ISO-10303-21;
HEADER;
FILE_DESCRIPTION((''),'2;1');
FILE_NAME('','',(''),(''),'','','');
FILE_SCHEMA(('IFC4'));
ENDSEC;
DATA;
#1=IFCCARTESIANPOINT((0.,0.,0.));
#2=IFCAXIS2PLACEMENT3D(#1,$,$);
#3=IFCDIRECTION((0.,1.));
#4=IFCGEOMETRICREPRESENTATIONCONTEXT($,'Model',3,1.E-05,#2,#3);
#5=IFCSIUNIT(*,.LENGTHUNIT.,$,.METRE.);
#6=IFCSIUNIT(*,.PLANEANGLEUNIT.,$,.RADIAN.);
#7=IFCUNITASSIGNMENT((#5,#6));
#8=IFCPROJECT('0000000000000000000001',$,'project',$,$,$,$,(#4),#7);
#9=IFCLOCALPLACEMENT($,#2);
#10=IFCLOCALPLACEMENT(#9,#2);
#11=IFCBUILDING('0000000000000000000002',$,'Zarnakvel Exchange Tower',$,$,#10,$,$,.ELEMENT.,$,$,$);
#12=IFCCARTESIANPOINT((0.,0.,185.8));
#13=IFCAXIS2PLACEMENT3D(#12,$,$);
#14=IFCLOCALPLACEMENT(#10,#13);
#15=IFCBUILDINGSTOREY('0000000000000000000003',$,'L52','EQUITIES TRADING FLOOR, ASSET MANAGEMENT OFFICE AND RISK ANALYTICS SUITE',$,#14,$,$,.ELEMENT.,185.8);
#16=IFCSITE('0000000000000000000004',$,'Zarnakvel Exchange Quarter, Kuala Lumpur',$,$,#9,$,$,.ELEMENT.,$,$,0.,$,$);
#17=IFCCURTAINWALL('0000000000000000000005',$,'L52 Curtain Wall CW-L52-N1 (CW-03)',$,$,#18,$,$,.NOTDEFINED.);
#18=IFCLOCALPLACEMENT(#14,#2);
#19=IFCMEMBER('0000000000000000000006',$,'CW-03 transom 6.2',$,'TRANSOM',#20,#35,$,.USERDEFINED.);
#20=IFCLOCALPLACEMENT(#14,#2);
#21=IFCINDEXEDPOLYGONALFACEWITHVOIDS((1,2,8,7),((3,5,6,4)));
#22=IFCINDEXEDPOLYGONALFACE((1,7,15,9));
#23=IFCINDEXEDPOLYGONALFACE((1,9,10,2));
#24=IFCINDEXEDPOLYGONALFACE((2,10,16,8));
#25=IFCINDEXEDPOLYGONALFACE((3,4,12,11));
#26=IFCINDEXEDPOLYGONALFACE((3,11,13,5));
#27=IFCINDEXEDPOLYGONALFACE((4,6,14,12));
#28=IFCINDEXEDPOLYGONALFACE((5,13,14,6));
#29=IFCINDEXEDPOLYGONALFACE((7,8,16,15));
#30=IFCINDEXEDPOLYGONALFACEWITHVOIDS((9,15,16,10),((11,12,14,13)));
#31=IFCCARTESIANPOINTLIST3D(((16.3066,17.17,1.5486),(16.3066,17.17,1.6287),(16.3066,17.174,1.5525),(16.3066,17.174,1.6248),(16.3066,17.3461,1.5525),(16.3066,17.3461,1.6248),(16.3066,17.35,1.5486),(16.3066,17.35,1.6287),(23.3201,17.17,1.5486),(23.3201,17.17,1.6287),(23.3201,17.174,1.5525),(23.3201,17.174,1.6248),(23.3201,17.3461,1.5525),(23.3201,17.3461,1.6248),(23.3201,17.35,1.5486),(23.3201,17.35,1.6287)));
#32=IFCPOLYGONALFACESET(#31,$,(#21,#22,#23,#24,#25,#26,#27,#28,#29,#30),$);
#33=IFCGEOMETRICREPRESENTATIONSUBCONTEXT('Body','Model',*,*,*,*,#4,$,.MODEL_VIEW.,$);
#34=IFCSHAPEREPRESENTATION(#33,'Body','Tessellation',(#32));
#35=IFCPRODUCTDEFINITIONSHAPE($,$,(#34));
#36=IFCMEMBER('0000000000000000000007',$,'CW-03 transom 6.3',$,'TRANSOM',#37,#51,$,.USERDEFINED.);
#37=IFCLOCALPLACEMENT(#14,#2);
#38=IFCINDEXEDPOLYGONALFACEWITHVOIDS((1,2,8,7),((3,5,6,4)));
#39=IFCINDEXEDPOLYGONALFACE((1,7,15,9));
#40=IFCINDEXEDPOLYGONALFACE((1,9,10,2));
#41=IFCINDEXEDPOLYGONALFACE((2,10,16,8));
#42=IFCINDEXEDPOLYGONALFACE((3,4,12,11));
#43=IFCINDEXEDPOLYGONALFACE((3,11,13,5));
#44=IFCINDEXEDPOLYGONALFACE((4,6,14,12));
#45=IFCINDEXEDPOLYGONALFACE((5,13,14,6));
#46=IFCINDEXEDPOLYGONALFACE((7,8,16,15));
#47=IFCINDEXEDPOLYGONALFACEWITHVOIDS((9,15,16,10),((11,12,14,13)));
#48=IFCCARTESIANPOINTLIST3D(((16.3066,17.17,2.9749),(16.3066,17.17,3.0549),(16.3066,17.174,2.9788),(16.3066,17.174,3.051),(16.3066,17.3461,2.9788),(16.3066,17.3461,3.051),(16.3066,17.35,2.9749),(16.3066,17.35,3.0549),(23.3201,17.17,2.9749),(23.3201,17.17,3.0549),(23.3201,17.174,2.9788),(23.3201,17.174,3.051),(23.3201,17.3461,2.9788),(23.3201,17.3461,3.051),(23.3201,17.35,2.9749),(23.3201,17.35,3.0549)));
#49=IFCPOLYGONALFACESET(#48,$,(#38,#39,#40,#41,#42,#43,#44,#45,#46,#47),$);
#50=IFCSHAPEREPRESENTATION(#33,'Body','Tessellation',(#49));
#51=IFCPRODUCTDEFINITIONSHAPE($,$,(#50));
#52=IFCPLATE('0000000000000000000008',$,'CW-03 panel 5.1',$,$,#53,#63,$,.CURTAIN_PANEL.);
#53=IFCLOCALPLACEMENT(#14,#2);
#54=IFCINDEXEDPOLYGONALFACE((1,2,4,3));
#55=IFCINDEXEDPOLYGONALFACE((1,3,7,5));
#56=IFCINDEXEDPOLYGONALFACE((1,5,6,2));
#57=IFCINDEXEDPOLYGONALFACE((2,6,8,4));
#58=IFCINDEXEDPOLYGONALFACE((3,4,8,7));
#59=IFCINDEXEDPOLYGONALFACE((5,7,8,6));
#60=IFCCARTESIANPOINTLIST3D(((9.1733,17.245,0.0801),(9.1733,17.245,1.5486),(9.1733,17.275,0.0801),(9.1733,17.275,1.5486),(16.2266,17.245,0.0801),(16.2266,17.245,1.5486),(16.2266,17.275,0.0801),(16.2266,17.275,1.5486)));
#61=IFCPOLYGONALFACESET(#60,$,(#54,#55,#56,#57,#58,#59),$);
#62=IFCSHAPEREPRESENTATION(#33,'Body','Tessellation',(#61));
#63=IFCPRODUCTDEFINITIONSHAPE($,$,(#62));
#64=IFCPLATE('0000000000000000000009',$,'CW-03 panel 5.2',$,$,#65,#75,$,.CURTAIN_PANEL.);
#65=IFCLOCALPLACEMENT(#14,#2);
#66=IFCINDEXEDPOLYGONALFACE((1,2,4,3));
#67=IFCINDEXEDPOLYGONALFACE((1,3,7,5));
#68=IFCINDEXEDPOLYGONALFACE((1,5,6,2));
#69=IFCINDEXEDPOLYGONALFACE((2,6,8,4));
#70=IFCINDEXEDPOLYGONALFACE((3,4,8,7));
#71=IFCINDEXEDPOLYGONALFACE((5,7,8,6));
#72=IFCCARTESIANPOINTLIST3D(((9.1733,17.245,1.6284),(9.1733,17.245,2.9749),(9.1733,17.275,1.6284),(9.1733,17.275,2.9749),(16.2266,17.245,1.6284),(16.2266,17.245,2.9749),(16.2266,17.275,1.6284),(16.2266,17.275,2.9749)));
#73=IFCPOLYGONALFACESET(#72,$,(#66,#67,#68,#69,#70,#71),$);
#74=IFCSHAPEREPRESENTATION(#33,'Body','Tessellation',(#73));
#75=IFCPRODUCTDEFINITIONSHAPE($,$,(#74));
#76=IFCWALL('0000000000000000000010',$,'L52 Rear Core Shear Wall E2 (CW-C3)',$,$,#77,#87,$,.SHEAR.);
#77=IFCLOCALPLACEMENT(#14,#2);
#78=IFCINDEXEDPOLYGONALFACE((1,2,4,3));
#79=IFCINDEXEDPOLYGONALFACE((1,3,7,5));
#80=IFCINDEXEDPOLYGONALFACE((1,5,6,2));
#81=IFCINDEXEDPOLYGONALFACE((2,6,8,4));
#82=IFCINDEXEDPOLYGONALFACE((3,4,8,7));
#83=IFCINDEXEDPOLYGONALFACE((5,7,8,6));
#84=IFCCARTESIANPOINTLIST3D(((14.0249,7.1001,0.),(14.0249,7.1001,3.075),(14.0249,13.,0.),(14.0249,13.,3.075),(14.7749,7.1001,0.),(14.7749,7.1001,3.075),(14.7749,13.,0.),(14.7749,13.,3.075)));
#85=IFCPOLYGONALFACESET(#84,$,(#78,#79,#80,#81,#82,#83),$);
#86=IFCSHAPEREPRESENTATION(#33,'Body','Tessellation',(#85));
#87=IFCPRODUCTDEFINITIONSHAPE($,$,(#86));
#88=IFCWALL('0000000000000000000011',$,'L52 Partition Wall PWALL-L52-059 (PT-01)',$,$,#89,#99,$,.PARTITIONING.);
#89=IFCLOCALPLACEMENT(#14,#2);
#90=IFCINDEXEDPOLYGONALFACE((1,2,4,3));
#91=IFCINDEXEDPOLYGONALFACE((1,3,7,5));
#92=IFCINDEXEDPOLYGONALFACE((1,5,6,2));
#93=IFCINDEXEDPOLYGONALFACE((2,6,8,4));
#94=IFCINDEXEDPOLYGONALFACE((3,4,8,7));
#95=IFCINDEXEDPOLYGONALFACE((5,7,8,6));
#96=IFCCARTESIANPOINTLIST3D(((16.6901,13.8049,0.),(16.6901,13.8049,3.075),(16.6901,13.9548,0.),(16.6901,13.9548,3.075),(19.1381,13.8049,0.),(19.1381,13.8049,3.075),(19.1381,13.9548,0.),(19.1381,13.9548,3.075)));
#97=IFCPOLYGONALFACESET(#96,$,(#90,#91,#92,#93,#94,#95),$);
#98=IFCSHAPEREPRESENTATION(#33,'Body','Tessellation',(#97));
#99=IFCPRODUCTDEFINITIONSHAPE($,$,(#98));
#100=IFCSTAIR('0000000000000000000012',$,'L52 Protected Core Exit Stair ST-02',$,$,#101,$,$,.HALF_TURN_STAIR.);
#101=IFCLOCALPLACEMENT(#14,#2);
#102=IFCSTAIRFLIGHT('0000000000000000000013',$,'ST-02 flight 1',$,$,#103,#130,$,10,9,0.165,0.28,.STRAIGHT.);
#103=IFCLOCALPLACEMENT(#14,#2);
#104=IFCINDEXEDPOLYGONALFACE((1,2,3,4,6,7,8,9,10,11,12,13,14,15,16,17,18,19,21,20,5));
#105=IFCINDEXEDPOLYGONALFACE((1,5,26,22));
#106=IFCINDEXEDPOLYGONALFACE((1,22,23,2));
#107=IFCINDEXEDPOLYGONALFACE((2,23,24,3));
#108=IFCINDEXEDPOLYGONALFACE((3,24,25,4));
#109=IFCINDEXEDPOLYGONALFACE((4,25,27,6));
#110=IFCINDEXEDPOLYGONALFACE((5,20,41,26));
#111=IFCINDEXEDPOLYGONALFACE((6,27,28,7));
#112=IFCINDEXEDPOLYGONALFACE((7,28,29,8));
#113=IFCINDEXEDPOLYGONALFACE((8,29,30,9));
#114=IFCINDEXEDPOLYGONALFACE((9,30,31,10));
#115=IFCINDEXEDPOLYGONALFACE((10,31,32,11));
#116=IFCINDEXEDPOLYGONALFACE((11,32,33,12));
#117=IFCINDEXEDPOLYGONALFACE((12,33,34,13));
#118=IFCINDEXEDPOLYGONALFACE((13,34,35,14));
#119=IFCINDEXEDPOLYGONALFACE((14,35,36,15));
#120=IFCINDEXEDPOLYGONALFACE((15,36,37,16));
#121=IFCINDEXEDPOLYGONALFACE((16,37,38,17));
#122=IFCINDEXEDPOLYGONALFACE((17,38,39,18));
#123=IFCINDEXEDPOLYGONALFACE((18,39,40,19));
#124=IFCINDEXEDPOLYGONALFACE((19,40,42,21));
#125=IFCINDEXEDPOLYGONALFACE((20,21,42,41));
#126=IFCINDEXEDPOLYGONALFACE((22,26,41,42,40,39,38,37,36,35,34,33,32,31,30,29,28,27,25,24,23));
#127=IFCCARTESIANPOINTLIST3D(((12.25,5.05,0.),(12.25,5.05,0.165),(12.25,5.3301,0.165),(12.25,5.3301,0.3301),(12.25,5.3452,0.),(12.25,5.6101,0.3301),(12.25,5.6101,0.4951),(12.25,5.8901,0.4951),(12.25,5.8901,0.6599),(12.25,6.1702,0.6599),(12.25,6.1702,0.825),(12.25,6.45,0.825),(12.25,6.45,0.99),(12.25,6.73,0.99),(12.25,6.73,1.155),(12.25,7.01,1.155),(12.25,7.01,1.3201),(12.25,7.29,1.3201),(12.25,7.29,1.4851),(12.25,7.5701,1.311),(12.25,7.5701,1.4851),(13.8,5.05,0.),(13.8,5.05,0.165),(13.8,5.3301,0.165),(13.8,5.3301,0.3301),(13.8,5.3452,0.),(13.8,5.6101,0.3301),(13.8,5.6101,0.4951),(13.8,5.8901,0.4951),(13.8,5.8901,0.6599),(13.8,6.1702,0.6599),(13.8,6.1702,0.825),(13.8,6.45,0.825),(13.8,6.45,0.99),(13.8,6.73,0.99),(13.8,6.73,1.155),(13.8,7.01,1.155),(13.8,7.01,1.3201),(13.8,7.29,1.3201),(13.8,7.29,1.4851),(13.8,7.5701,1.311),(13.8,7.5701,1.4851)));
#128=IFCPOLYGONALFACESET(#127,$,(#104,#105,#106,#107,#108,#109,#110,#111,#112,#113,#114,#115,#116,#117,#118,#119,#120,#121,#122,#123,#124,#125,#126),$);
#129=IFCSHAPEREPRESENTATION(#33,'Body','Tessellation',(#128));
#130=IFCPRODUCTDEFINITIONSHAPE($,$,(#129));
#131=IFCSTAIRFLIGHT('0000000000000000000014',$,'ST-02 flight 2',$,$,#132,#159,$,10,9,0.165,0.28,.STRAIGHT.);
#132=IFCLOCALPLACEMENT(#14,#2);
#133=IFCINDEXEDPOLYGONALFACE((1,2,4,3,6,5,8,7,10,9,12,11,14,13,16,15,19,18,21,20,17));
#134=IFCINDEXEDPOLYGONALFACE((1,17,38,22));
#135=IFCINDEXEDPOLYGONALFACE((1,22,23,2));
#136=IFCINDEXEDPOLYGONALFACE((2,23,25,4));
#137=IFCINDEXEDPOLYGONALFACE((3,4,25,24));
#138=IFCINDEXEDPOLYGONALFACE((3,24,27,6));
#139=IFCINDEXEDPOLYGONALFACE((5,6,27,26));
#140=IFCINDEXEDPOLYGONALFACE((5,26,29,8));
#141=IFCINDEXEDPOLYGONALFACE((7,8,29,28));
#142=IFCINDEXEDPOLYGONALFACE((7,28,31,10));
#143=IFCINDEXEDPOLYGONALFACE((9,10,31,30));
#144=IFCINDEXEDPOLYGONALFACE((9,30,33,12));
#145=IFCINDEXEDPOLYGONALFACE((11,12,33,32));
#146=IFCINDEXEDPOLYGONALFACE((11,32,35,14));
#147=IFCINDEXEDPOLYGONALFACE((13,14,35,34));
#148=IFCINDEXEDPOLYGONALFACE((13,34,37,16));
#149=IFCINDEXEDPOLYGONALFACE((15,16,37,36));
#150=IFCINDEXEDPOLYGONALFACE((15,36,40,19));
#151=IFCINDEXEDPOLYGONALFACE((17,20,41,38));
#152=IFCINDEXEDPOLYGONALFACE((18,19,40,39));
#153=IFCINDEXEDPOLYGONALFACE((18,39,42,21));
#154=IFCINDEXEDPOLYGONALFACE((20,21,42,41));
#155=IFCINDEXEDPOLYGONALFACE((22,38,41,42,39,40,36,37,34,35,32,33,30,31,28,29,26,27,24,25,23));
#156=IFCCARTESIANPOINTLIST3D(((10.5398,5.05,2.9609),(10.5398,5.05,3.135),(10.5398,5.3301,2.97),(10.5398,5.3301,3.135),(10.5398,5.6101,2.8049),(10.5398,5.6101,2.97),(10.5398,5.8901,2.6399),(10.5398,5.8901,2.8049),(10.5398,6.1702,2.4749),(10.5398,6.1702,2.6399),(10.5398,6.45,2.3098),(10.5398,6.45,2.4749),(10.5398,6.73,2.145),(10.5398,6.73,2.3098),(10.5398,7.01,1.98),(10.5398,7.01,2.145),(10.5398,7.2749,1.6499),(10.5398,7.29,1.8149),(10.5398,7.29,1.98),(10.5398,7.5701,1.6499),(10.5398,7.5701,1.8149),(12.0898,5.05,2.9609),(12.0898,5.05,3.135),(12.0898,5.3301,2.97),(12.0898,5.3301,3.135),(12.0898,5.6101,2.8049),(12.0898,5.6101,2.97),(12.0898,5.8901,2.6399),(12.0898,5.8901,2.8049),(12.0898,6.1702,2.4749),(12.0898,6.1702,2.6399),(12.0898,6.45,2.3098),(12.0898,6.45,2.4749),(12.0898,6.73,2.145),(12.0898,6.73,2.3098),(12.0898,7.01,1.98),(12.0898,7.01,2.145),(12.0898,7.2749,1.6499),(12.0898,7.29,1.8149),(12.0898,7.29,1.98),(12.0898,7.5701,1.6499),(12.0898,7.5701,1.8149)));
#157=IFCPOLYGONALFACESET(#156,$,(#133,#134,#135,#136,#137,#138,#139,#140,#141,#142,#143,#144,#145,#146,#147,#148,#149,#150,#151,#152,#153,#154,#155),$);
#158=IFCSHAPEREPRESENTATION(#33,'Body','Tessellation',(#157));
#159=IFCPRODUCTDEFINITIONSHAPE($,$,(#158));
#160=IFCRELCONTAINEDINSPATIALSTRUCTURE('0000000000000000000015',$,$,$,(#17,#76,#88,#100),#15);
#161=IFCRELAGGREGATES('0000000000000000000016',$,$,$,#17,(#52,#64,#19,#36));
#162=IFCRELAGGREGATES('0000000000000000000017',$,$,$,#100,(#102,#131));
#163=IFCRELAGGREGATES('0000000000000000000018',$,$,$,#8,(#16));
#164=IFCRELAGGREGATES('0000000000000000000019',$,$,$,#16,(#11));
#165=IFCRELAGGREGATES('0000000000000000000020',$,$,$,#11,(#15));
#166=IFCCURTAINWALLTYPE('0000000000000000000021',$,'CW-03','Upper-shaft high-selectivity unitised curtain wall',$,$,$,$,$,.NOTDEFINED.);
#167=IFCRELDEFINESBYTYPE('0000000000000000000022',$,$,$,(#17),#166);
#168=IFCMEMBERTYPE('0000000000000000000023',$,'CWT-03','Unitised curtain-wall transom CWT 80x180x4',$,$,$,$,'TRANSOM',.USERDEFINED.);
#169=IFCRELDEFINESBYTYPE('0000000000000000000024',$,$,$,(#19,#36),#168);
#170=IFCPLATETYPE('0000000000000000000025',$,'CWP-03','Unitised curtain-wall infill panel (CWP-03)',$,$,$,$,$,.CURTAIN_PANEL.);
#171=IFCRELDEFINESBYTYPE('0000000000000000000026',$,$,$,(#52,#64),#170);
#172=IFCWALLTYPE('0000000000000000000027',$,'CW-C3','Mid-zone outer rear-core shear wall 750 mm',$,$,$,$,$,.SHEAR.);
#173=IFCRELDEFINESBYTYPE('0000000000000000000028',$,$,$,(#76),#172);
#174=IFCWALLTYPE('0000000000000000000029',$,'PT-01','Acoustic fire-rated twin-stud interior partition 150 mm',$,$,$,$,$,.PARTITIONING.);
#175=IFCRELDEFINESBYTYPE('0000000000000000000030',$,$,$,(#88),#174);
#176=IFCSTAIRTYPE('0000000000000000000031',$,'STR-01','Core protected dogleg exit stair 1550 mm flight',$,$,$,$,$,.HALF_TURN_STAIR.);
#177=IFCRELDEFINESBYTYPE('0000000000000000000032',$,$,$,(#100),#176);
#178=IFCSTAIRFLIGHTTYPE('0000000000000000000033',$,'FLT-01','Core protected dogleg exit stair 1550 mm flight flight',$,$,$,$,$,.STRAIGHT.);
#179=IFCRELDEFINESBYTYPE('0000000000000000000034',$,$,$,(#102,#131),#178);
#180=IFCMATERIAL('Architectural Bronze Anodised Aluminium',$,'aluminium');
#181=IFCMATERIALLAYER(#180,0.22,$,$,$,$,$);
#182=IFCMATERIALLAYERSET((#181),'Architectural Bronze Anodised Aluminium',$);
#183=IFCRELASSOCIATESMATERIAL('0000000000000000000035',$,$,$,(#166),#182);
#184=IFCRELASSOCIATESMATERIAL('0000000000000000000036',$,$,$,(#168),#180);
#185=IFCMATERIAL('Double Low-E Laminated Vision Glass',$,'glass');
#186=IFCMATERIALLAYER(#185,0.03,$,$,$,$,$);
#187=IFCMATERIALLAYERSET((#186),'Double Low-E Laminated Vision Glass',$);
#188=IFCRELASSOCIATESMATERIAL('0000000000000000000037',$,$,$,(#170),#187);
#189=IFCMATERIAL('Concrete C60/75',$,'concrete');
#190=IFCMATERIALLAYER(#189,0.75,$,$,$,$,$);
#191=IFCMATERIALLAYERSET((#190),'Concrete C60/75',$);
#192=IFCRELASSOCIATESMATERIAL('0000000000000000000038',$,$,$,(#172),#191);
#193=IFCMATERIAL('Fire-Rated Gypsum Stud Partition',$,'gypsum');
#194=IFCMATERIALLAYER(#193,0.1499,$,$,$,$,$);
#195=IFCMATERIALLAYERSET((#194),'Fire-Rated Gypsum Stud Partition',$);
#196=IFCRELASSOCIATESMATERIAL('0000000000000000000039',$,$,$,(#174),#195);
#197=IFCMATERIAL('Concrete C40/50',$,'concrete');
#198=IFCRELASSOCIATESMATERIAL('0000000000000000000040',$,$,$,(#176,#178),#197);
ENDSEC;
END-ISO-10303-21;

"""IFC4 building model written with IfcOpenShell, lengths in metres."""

from ifc_helpers import new_model, si_unit, direction, frame, frame_2d, origin, origin_2d, place, context, subcontext, project, spatial, polyline, rectangle, hollow_rectangle, outline, extrude, source, transform, mapped, material, layer, layer_set, material_profile, profile_set, type_object, element, aggregate, save


model = new_model("IFC4")

# Units and contexts
model_context = context("Model", 3, precision=1e-05, world=origin(), true_north=direction((0.0, 1.0)))
body_context = subcontext(model_context, "Body", "Model", "MODEL_VIEW")
ifc_project = project(units=[si_unit("LENGTHUNIT", "METRE"), si_unit("PLANEANGLEUNIT", "RADIAN")], contexts=[model_context])

# Site, building, storey
site_placement = place(None, origin())
site = spatial("IfcSite", under=ifc_project, at=site_placement, Name="Zarnakvel Exchange Quarter, Kuala Lumpur", CompositionType="ELEMENT", RefElevation=0.0)
building_placement = place(site_placement, origin())
building = spatial("IfcBuilding", under=site, at=building_placement, Name="Zarnakvel Exchange Tower", CompositionType="ELEMENT")
storey_placement = place(building_placement, frame((0.0, 0.0, 185.8)))
storey = spatial("IfcBuildingStorey", under=building, at=storey_placement, Name="L52", Description="EQUITIES TRADING FLOOR, ASSET MANAGEMENT OFFICE AND RISK ANALYTICS SUITE", CompositionType="ELEMENT", Elevation=185.8)

# Shared definitions
ifc_material_1 = material(Name="Concrete C60/75", Category="concrete")

# Curtain wall, members, plates
ifc_material_2 = material(Name="Architectural Bronze Anodised Aluminium", Category="aluminium")
ifc_layer_1 = layer(ifc_material_2, 0.22)
ifc_layer_set_1 = layer_set([ifc_layer_1], Name="Architectural Bronze Anodised Aluminium")
curtain_wall_type = type_object("IfcCurtainWallType", Name="CW-03", Description="Upper-shaft high-selectivity unitised curtain wall", PredefinedType="NOTDEFINED", material=ifc_layer_set_1)
curtain_wall_placement = place(storey_placement, origin())
curtain_wall = element("IfcCurtainWall", 1, at=curtain_wall_placement, inside=storey, type_object=curtain_wall_type, Name="L52 Curtain Wall CW-L52-N1 (CW-03)", PredefinedType="NOTDEFINED")
ifc_material_profile_1 = material_profile(ifc_material_2, hollow_rectangle(XDim=0.1799, YDim=0.0801, WallThickness=0.0039, at=origin_2d()))
ifc_profile_set_1 = profile_set([ifc_material_profile_1], Name="Architectural Bronze Anodised Aluminium")
member_type_1 = type_object("IfcMemberType", Name="CWT-03", Description="Unitised curtain-wall transom CWT 80x180x4", ElementType="TRANSOM", PredefinedType="USERDEFINED", material=ifc_profile_set_1)
shared_shape_1 = source(origin(), body_context, "Body", "SweptSolid", [
    extrude(hollow_rectangle(XDim=0.1799, YDim=0.0801, WallThickness=0.0039, at=origin_2d()), origin(), (0.0, 0.0, 1.0), 7.0134),
])
member_1_placement = place(storey_placement, frame((16.3066, 17.26, 1.5886), z_axis=(1.0, 0.0, 0.0), x_axis=(0.0, 1.0, 0.0)))
member_1 = element("IfcMember", 2, at=member_1_placement, type_object=member_type_1, Name="CW-03 transom 6.2", ObjectType="TRANSOM", PredefinedType="USERDEFINED", context=body_context, shape_type="MappedRepresentation", body=[
    mapped(shared_shape_1, transform((0.0, 0.0, 0.0), x_axis=(1.0, 0.0, 0.0), y_axis=(0.0, 1.0, 0.0), z_axis=(0.0, 0.0, 1.0), scale=1.0)),
])
member_2_placement = place(storey_placement, frame((16.3066, 17.26, 3.0149), z_axis=(1.0, 0.0, 0.0), x_axis=(0.0, 1.0, 0.0)))
member_2 = element("IfcMember", 3, at=member_2_placement, type_object=member_type_1, Name="CW-03 transom 6.3", ObjectType="TRANSOM", PredefinedType="USERDEFINED", context=body_context, shape_type="MappedRepresentation", body=[
    mapped(shared_shape_1, transform((0.0, 0.0, 0.0), x_axis=(1.0, 0.0, 0.0), y_axis=(0.0, 1.0, 0.0), z_axis=(0.0, 0.0, 1.0), scale=1.0)),
])
ifc_material_3 = material(Name="Double Low-E Laminated Vision Glass", Category="glass")
ifc_layer_2 = layer(ifc_material_3, 0.03)
ifc_layer_set_2 = layer_set([ifc_layer_2], Name="Double Low-E Laminated Vision Glass")
plate_type = type_object("IfcPlateType", Name="CWP-03", Description="Unitised curtain-wall infill panel (CWP-03)", PredefinedType="CURTAIN_PANEL", material=ifc_layer_set_2)
shared_shape_2 = source(origin(), body_context, "Body", "SweptSolid", [
    extrude(rectangle(XDim=7.0532, YDim=0.03, at=origin_2d()), origin(), (0.0, 0.0, 1.0), 1.4685),
])
plate_1_placement = place(storey_placement, frame((12.7, 17.26, 0.0801), z_axis=(0.0, 0.0, 1.0), x_axis=(1.0, 0.0, 0.0)))
plate_1 = element("IfcPlate", 4, at=plate_1_placement, type_object=plate_type, Name="CW-03 panel 5.1", PredefinedType="CURTAIN_PANEL", context=body_context, shape_type="MappedRepresentation", body=[
    mapped(shared_shape_2, transform((0.0, 0.0, 0.0), x_axis=(1.0, 0.0, 0.0), y_axis=(0.0, 1.0, 0.0), z_axis=(0.0, 0.0, 1.0), scale=1.0)),
])
shared_shape_3 = source(origin(), body_context, "Body", "SweptSolid", [
    extrude(rectangle(XDim=7.0532, YDim=0.03, at=origin_2d()), origin(), (0.0, 0.0, 1.0), 1.3464),
])
plate_2_placement = place(storey_placement, frame((12.7, 17.26, 1.6284), z_axis=(0.0, 0.0, 1.0), x_axis=(1.0, 0.0, 0.0)))
plate_2 = element("IfcPlate", 5, at=plate_2_placement, type_object=plate_type, Name="CW-03 panel 5.2", PredefinedType="CURTAIN_PANEL", context=body_context, shape_type="MappedRepresentation", body=[
    mapped(shared_shape_3, transform((0.0, 0.0, 0.0), x_axis=(1.0, 0.0, 0.0), y_axis=(0.0, 1.0, 0.0), z_axis=(0.0, 0.0, 1.0), scale=1.0)),
])
aggregate(curtain_wall, [plate_1, plate_2, member_1, member_2])

# Walls
ifc_layer_3 = layer(ifc_material_1, 0.75)
ifc_layer_set_3 = layer_set([ifc_layer_3], Name="Concrete C60/75")
wall_type_1 = type_object("IfcWallType", Name="CW-C3", Description="Mid-zone outer rear-core shear wall 750 mm", PredefinedType="SHEAR", material=ifc_layer_set_3)
wall_1_placement = place(storey_placement, frame((14.3999, 7.1001, 0.0), z_axis=(0.0, 0.0, 1.0), x_axis=(0.0, 1.0, 0.0)))
element("IfcWall", 6, at=wall_1_placement, inside=storey, type_object=wall_type_1, Name="L52 Rear Core Shear Wall E2 (CW-C3)", PredefinedType="SHEAR", context=body_context, shape_type="SweptSolid", body=[
    extrude(rectangle(XDim=5.8999, YDim=0.75, at=frame_2d((2.95, 0.0))), origin(), (0.0, 0.0, 1.0), 3.075),
])
ifc_material_4 = material(Name="Fire-Rated Gypsum Stud Partition", Category="gypsum")
ifc_layer_4 = layer(ifc_material_4, 0.1499)
ifc_layer_set_4 = layer_set([ifc_layer_4], Name="Fire-Rated Gypsum Stud Partition")
wall_type_2 = type_object("IfcWallType", Name="PT-01", Description="Acoustic fire-rated twin-stud interior partition 150 mm", PredefinedType="PARTITIONING", material=ifc_layer_set_4)
wall_2_placement = place(storey_placement, frame((16.6899, 13.8799, 0.0), z_axis=(0.0, 0.0, 1.0), x_axis=(1.0, 0.0, 0.0)))
element("IfcWall", 7, at=wall_2_placement, inside=storey, type_object=wall_type_2, Name="L52 Partition Wall PWALL-L52-059 (PT-01)", PredefinedType="PARTITIONING", context=body_context, shape_type="SweptSolid", body=[
    extrude(rectangle(XDim=2.448, YDim=0.1499, at=frame_2d((1.2241, 0.0))), origin(), (0.0, 0.0, 1.0), 3.075),
])

# Shared definitions
ifc_material_5 = material(Name="Concrete C40/50", Category="concrete")

# Stair, stair flights
stair_type = type_object("IfcStairType", Name="STR-01", Description="Core protected dogleg exit stair 1550 mm flight", PredefinedType="HALF_TURN_STAIR", material=ifc_material_5)
stair_placement = place(storey_placement, origin())
stair = element("IfcStair", 8, at=stair_placement, inside=storey, type_object=stair_type, Name="L52 Protected Core Exit Stair ST-02", PredefinedType="HALF_TURN_STAIR")
stair_flight_type = type_object("IfcStairFlightType", Name="FLT-01", Description="Core protected dogleg exit stair 1550 mm flight flight", PredefinedType="STRAIGHT", material=ifc_material_5)
stair_flight_1_placement = place(storey_placement, frame((13.0249, 5.05, 0.0), z_axis=(0.0, 0.0, 1.0), x_axis=(0.0, 1.0, 0.0)))
stair_flight_1 = element("IfcStairFlight", 9, at=stair_flight_1_placement, type_object=stair_flight_type, Name="ST-02 flight 1", NumberOfRisers=10, NumberOfTreads=9, PredefinedType="STRAIGHT", RiserHeight=0.165, TreadLength=0.28, context=body_context, shape_type="SweptSolid", body=[
    extrude(outline(polyline([(0.0, 0.0), (0.0, 0.165), (0.28, 0.165), (0.28, 0.3301), (0.5601, 0.3301), (0.5601, 0.4951), (0.8401, 0.4951), (0.8401, 0.6599), (1.1201, 0.6599), (1.1201, 0.825), (1.3999, 0.825), (1.3999, 0.99), (1.6799, 0.99), (1.6799, 1.155), (1.96, 1.155), (1.96, 1.3201), (2.24, 1.3201), (2.24, 1.4851), (2.52, 1.4851), (2.52, 1.6499), (2.52, 1.311), (0.2952, 0.0), (0.0, 0.0)])), frame((0.0, 0.7749, 0.0), z_axis=(0.0, -1.0, 0.0), x_axis=(1.0, 0.0, 0.0)), (0.0, 0.0, 1.0), 1.55),
])
stair_flight_2_placement = place(storey_placement, frame((11.3149, 7.5701, 1.6499), z_axis=(0.0, 0.0, 1.0), x_axis=(0.0, -1.0, 0.0)))
stair_flight_2 = element("IfcStairFlight", 10, at=stair_flight_2_placement, type_object=stair_flight_type, Name="ST-02 flight 2", NumberOfRisers=10, NumberOfTreads=9, PredefinedType="STRAIGHT", RiserHeight=0.165, TreadLength=0.28, context=body_context, shape_type="SweptSolid", body=[
    extrude(outline(polyline([(0.0, 0.0), (0.0, 0.165), (0.28, 0.165), (0.28, 0.3301), (0.5601, 0.3301), (0.5601, 0.4951), (0.8401, 0.4951), (0.8401, 0.6599), (1.1201, 0.6599), (1.1201, 0.825), (1.3999, 0.825), (1.3999, 0.99), (1.6799, 0.99), (1.6799, 1.155), (1.96, 1.155), (1.96, 1.3201), (2.24, 1.3201), (2.24, 1.4851), (2.52, 1.4851), (2.52, 1.6499), (2.52, 1.311), (0.2952, 0.0), (0.0, 0.0)])), frame((0.0, 0.7749, 0.0), z_axis=(0.0, -1.0, 0.0), x_axis=(1.0, 0.0, 0.0)), (0.0, 0.0, 1.0), 1.55),
])
aggregate(stair, [stair_flight_1, stair_flight_2])

save(model, "model.ifc")
